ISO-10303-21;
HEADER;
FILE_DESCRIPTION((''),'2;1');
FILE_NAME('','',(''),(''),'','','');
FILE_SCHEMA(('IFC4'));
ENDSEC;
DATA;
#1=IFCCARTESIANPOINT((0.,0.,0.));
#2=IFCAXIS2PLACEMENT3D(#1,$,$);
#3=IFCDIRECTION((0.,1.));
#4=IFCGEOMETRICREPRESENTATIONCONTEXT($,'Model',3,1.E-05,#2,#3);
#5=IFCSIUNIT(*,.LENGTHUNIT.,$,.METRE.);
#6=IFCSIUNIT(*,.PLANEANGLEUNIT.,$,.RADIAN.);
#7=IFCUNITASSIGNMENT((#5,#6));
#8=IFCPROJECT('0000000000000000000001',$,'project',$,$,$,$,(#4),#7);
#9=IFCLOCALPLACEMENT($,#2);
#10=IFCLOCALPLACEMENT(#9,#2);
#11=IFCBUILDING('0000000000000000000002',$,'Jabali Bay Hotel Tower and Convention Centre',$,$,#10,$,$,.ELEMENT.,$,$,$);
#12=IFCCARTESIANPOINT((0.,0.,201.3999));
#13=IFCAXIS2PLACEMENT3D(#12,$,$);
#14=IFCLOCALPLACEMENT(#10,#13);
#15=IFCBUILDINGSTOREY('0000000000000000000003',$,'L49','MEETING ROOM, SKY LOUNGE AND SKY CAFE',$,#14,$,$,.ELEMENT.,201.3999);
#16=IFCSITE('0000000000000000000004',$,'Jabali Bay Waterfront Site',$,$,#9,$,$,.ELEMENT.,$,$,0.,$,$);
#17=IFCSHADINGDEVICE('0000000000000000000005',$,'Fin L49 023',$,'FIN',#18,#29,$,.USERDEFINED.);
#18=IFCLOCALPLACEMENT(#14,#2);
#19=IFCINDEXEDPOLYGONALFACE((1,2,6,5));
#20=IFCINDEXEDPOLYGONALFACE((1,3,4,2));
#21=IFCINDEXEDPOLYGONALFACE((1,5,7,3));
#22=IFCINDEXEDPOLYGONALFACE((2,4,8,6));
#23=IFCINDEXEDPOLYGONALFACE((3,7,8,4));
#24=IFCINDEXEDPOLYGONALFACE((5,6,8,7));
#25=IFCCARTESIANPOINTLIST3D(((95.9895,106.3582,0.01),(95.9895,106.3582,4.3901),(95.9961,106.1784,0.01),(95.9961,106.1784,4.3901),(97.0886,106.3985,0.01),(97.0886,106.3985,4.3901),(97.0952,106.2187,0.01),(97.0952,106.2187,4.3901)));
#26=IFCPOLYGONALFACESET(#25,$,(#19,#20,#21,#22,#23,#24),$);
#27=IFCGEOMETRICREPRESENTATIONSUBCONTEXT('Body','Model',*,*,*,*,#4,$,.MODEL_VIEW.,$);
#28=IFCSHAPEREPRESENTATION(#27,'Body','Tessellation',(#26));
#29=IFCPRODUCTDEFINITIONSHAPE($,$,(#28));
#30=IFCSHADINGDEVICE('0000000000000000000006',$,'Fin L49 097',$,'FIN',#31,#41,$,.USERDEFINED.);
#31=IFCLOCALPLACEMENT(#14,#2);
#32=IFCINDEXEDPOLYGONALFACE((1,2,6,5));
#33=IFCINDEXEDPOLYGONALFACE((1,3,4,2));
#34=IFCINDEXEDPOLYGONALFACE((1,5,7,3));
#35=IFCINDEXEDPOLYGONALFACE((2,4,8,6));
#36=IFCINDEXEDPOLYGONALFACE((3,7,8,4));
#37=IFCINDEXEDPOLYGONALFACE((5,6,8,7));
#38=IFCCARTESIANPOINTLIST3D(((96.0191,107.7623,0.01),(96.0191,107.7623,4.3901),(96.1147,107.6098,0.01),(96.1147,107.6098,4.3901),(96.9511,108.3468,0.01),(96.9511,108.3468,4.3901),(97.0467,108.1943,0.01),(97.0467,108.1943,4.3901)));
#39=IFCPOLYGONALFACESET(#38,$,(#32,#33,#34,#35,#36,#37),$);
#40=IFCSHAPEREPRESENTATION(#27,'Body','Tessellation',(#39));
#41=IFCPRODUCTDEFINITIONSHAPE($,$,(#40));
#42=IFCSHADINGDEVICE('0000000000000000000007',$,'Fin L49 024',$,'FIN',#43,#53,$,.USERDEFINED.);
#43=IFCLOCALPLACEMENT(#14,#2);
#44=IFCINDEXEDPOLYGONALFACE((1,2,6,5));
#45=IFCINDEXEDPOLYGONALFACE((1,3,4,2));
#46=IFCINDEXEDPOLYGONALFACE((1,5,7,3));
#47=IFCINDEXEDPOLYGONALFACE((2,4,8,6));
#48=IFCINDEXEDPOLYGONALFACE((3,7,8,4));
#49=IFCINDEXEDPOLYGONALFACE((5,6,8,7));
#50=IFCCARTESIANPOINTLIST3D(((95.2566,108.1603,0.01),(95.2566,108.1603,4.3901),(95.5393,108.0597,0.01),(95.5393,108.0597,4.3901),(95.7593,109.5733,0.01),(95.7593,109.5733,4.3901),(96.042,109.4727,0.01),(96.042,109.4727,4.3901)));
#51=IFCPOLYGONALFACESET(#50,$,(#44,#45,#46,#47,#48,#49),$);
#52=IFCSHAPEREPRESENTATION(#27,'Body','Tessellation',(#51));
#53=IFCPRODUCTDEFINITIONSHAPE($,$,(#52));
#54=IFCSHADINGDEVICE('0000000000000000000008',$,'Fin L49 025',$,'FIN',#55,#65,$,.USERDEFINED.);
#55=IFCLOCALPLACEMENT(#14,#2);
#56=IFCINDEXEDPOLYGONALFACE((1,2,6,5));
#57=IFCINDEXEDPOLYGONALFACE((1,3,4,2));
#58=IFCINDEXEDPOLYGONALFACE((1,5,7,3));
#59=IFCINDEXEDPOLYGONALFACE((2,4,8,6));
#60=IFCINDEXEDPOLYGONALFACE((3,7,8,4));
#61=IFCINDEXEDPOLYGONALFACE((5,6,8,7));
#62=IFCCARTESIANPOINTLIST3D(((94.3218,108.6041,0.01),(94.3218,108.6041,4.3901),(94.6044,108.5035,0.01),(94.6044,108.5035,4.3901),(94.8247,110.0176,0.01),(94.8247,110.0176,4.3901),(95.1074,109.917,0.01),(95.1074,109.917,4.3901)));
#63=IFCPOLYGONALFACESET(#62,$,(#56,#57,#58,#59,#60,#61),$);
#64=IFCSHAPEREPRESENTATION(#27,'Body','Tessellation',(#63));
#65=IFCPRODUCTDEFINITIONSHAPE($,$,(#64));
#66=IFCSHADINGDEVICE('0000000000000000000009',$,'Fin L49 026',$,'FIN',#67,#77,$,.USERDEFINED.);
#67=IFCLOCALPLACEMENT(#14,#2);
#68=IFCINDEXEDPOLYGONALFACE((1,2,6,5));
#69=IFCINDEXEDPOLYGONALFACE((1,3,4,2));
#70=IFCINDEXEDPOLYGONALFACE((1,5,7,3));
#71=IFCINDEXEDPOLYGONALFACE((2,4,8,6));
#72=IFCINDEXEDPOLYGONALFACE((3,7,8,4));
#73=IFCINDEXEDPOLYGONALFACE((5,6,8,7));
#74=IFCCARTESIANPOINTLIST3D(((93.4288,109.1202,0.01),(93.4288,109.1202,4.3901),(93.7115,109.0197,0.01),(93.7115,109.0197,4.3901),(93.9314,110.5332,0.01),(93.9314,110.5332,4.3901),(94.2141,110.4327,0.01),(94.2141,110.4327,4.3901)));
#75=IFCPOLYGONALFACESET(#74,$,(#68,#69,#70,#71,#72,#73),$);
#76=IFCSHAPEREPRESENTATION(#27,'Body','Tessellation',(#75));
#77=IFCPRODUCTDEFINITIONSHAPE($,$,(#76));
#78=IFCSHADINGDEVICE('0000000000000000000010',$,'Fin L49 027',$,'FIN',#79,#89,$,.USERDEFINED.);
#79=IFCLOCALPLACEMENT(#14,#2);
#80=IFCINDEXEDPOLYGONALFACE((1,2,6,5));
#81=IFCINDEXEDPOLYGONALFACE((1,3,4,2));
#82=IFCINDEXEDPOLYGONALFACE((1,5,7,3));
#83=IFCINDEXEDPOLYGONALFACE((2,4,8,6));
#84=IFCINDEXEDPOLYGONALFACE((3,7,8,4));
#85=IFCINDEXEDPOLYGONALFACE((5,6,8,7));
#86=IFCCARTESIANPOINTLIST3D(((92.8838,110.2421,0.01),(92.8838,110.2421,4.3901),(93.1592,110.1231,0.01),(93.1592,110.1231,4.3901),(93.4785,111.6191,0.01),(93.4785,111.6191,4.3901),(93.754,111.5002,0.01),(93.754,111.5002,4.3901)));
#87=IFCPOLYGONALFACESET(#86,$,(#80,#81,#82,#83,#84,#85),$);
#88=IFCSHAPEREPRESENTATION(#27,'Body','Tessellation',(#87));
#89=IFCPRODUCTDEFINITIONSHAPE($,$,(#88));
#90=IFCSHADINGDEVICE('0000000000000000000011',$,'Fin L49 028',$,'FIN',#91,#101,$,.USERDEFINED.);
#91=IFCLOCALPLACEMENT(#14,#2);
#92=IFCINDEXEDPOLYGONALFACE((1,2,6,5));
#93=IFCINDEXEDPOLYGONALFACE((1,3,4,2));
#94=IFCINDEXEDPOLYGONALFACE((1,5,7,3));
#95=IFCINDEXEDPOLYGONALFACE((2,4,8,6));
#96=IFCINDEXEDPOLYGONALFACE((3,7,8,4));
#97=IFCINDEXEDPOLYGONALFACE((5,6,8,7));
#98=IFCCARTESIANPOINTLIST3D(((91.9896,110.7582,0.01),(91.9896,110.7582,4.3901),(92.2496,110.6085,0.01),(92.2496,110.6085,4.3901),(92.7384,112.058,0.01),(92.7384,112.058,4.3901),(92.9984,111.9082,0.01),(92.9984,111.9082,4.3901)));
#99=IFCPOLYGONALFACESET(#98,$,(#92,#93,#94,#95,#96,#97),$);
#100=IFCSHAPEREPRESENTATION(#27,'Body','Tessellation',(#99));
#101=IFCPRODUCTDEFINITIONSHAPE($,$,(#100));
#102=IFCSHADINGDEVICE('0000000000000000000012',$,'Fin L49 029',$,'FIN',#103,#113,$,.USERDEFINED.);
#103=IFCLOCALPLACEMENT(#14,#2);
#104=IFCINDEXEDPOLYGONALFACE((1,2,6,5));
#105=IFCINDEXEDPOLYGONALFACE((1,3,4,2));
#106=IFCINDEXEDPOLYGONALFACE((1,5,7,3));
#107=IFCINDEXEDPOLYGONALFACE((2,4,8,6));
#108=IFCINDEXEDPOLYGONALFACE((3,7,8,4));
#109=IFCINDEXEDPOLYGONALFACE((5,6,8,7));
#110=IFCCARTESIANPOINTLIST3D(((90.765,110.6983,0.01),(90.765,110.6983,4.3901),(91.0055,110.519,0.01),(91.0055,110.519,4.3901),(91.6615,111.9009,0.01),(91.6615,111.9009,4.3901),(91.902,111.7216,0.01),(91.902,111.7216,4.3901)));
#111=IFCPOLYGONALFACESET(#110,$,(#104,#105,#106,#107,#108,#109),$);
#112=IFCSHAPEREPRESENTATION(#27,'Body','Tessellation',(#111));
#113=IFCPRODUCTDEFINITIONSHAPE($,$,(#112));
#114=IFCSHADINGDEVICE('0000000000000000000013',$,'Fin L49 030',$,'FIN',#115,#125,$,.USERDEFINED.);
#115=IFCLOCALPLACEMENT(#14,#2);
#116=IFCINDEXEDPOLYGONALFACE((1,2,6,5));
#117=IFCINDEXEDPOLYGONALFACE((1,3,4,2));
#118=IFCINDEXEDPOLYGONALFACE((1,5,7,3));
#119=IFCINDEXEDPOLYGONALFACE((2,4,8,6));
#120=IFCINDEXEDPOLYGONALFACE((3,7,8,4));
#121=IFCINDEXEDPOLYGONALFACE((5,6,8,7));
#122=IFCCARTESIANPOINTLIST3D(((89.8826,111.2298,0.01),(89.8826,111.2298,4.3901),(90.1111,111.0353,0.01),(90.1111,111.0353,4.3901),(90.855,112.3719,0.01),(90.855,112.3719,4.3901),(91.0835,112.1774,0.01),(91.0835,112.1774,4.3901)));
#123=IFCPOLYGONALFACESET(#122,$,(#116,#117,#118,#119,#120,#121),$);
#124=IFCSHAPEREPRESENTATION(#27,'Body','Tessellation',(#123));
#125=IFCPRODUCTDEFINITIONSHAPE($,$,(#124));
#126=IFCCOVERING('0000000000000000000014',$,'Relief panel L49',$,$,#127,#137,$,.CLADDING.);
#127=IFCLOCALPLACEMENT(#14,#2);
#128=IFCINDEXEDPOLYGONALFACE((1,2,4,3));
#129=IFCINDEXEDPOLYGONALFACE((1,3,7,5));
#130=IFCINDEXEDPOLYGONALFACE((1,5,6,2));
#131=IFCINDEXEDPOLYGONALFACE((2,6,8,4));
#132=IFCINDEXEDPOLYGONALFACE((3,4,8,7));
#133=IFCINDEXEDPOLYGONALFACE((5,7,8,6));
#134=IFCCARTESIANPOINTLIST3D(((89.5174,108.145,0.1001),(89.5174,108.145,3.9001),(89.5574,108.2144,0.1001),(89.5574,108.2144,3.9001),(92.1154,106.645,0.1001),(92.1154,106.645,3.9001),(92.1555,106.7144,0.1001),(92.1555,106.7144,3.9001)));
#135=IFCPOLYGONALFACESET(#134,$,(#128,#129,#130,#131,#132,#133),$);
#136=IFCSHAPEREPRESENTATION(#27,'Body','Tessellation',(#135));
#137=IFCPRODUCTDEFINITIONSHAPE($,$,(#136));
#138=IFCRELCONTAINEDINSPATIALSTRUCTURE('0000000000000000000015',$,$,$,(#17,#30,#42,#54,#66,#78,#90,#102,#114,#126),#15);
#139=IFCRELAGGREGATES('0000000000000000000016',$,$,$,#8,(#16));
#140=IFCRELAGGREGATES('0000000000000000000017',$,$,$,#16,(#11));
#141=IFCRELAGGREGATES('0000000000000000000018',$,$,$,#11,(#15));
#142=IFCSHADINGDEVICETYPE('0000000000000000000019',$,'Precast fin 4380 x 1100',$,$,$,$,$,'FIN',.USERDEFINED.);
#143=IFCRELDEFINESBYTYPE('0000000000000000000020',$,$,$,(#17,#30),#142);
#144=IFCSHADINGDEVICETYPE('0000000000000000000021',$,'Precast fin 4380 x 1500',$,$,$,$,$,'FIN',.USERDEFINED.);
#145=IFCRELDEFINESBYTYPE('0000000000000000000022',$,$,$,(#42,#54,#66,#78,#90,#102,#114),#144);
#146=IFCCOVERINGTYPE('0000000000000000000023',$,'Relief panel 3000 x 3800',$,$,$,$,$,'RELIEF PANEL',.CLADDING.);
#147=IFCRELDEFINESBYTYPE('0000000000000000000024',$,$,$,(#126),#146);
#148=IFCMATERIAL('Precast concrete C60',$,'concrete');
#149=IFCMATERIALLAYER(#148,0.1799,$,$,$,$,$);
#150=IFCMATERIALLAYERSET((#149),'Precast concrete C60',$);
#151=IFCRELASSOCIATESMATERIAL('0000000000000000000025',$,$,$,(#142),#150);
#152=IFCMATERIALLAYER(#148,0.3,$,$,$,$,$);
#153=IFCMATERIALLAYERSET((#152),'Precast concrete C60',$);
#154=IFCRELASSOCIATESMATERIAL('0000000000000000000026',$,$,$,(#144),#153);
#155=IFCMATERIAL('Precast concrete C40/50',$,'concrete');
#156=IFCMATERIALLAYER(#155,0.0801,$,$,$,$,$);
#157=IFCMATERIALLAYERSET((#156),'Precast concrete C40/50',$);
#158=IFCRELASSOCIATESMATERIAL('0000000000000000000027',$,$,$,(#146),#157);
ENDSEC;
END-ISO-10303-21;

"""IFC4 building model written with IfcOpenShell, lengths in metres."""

from ifc_helpers import new_model, si_unit, direction, frame, frame_2d, origin, origin_2d, place, context, subcontext, project, spatial, rectangle, extrude, material, layer, layer_set, type_object, element, save


model = new_model("IFC4")

# Units and contexts
model_context = context("Model", 3, precision=1e-05, world=origin(), true_north=direction((0.0, 1.0)))
body_context = subcontext(model_context, "Body", "Model", "MODEL_VIEW")
ifc_project = project(units=[si_unit("LENGTHUNIT", "METRE"), si_unit("PLANEANGLEUNIT", "RADIAN")], contexts=[model_context])

# Site, building, storey
site_placement = place(None, origin())
site = spatial("IfcSite", under=ifc_project, at=site_placement, Name="Jabali Bay Waterfront Site", CompositionType="ELEMENT", RefElevation=0.0)
building_placement = place(site_placement, origin())
building = spatial("IfcBuilding", under=site, at=building_placement, Name="Jabali Bay Hotel Tower and Convention Centre", CompositionType="ELEMENT")
storey_placement = place(building_placement, frame((0.0, 0.0, 201.3999)))
storey = spatial("IfcBuildingStorey", under=building, at=storey_placement, Name="L49", Description="MEETING ROOM, SKY LOUNGE AND SKY CAFE", CompositionType="ELEMENT", Elevation=201.3999)

# Shading devices
ifc_material_1 = material(Name="Precast concrete C60", Category="concrete")
ifc_layer_1 = layer(ifc_material_1, 0.1799)
ifc_layer_set_1 = layer_set([ifc_layer_1], Name="Precast concrete C60")
shading_device_type_1 = type_object("IfcShadingDeviceType", Name="Precast fin 4380 x 1100", ElementType="FIN", PredefinedType="USERDEFINED", material=ifc_layer_set_1)
for number, where, z_axis, x_axis, name in (
    (1, (95.9929, 106.2683, 0.01), (0.0, 0.0, 1.0), (0.999329, 0.036626, 0.0), "Fin L49 023"),
):
    element("IfcShadingDevice", number, at=place(storey_placement, frame(where, z_axis=z_axis, x_axis=x_axis)), inside=storey, type_object=shading_device_type_1, Name=name, ObjectType="FIN", PredefinedType="USERDEFINED", context=body_context, shape_type="SweptSolid", body=[
        extrude(rectangle(XDim=1.0999, YDim=0.1799, at=frame_2d((0.5498, 0.0))), origin(), (0.0, 0.0, 1.0), 4.3801),
    ])
shading_device_1_placement = place(storey_placement, frame((96.0669, 107.686, 0.01), z_axis=(0.0, 0.0, 1.0), x_axis=(0.847162, 0.531335, 0.0)))
element("IfcShadingDevice", 2, at=shading_device_1_placement, inside=storey, type_object=shading_device_type_1, Name="Fin L49 097", ObjectType="FIN", PredefinedType="USERDEFINED", context=body_context, shape_type="SweptSolid", body=[
    extrude(rectangle(XDim=1.1001, YDim=0.1799, at=frame_2d((0.55, 0.0))), origin(), (0.0, 0.0, 1.0), 4.3801),
])
ifc_layer_2 = layer(ifc_material_1, 0.3)
ifc_layer_set_2 = layer_set([ifc_layer_2], Name="Precast concrete C60")
shading_device_type_2 = type_object("IfcShadingDeviceType", Name="Precast fin 4380 x 1500", ElementType="FIN", PredefinedType="USERDEFINED", material=ifc_layer_set_2)
shading_device_2_placement = place(storey_placement, frame((95.3979, 108.1099, 0.01), z_axis=(0.0, 0.0, 1.0), x_axis=(0.335161, 0.942161, 0.0)))
element("IfcShadingDevice", 3, at=shading_device_2_placement, inside=storey, type_object=shading_device_type_2, Name="Fin L49 024", ObjectType="FIN", PredefinedType="USERDEFINED", context=body_context, shape_type="SweptSolid", body=[
    extrude(rectangle(XDim=1.4998, YDim=0.3, at=frame_2d((0.75, 0.0))), origin(), (0.0, 0.0, 1.0), 4.3801),
])
shading_device_3_placement = place(storey_placement, frame((94.4631, 108.554, 0.01), z_axis=(0.0, 0.0, 1.0), x_axis=(0.335254, 0.942128, 0.0)))
element("IfcShadingDevice", 4, at=shading_device_3_placement, inside=storey, type_object=shading_device_type_2, Name="Fin L49 025", ObjectType="FIN", PredefinedType="USERDEFINED", context=body_context, shape_type="SweptSolid", body=[
    extrude(rectangle(XDim=1.5002, YDim=0.3, at=frame_2d((0.75, 0.0))), origin(), (0.0, 0.0, 1.0), 4.3801),
])
shading_device_4_placement = place(storey_placement, frame((93.5701, 109.0698, 0.01), z_axis=(0.0, 0.0, 1.0), x_axis=(0.335161, 0.942161, 0.0)))
element("IfcShadingDevice", 5, at=shading_device_4_placement, inside=storey, type_object=shading_device_type_2, Name="Fin L49 026", ObjectType="FIN", PredefinedType="USERDEFINED", context=body_context, shape_type="SweptSolid", body=[
    extrude(rectangle(XDim=1.4998, YDim=0.3, at=frame_2d((0.75, 0.0))), origin(), (0.0, 0.0, 1.0), 4.3801),
])
for number, where, z_axis, x_axis, name in (
    (6, (93.0215, 110.1826, 0.01), (0.0, 0.0, 1.0), (0.396511, 0.91803, 0.0), "Fin L49 027"),
    (7, (92.1196, 110.6833, 0.01), (0.0, 0.0, 1.0), (0.499168, 0.866505, 0.0), "Fin L49 028"),
    (8, (90.8853, 110.6086, 0.01), (0.0, 0.0, 1.0), (0.597654, 0.801754, 0.0), "Fin L49 029"),
    (9, (89.9968, 111.1326, 0.01), (0.0, 0.0, 1.0), (0.648281, 0.761401, 0.0), "Fin L49 030"),
):
    element("IfcShadingDevice", number, at=place(storey_placement, frame(where, z_axis=z_axis, x_axis=x_axis)), inside=storey, type_object=shading_device_type_2, Name=name, ObjectType="FIN", PredefinedType="USERDEFINED", context=body_context, shape_type="SweptSolid", body=[
        extrude(rectangle(XDim=1.5, YDim=0.3, at=frame_2d((0.75, 0.0))), origin(), (0.0, 0.0, 1.0), 4.3801),
    ])

# Covering
ifc_material_2 = material(Name="Precast concrete C40/50", Category="concrete")
ifc_layer_3 = layer(ifc_material_2, 0.0801)
ifc_layer_set_3 = layer_set([ifc_layer_3], Name="Precast concrete C40/50")
covering_type = type_object("IfcCoveringType", Name="Relief panel 3000 x 3800", ElementType="RELIEF PANEL", PredefinedType="CLADDING", material=ifc_layer_set_3)
covering_placement = place(storey_placement, frame((90.8364, 107.4297, 0.1001), z_axis=(0.0, 0.0, 1.0), x_axis=(0.866025, -0.5, 0.0)))
element("IfcCovering", 10, at=covering_placement, inside=storey, type_object=covering_type, Name="Relief panel L49", PredefinedType="CLADDING", context=body_context, shape_type="SweptSolid", body=[
    extrude(rectangle(XDim=3.0, YDim=0.0801, at=origin_2d()), origin(), (0.0, 0.0, 1.0), 3.8),
])

save(model, "model.ifc")
